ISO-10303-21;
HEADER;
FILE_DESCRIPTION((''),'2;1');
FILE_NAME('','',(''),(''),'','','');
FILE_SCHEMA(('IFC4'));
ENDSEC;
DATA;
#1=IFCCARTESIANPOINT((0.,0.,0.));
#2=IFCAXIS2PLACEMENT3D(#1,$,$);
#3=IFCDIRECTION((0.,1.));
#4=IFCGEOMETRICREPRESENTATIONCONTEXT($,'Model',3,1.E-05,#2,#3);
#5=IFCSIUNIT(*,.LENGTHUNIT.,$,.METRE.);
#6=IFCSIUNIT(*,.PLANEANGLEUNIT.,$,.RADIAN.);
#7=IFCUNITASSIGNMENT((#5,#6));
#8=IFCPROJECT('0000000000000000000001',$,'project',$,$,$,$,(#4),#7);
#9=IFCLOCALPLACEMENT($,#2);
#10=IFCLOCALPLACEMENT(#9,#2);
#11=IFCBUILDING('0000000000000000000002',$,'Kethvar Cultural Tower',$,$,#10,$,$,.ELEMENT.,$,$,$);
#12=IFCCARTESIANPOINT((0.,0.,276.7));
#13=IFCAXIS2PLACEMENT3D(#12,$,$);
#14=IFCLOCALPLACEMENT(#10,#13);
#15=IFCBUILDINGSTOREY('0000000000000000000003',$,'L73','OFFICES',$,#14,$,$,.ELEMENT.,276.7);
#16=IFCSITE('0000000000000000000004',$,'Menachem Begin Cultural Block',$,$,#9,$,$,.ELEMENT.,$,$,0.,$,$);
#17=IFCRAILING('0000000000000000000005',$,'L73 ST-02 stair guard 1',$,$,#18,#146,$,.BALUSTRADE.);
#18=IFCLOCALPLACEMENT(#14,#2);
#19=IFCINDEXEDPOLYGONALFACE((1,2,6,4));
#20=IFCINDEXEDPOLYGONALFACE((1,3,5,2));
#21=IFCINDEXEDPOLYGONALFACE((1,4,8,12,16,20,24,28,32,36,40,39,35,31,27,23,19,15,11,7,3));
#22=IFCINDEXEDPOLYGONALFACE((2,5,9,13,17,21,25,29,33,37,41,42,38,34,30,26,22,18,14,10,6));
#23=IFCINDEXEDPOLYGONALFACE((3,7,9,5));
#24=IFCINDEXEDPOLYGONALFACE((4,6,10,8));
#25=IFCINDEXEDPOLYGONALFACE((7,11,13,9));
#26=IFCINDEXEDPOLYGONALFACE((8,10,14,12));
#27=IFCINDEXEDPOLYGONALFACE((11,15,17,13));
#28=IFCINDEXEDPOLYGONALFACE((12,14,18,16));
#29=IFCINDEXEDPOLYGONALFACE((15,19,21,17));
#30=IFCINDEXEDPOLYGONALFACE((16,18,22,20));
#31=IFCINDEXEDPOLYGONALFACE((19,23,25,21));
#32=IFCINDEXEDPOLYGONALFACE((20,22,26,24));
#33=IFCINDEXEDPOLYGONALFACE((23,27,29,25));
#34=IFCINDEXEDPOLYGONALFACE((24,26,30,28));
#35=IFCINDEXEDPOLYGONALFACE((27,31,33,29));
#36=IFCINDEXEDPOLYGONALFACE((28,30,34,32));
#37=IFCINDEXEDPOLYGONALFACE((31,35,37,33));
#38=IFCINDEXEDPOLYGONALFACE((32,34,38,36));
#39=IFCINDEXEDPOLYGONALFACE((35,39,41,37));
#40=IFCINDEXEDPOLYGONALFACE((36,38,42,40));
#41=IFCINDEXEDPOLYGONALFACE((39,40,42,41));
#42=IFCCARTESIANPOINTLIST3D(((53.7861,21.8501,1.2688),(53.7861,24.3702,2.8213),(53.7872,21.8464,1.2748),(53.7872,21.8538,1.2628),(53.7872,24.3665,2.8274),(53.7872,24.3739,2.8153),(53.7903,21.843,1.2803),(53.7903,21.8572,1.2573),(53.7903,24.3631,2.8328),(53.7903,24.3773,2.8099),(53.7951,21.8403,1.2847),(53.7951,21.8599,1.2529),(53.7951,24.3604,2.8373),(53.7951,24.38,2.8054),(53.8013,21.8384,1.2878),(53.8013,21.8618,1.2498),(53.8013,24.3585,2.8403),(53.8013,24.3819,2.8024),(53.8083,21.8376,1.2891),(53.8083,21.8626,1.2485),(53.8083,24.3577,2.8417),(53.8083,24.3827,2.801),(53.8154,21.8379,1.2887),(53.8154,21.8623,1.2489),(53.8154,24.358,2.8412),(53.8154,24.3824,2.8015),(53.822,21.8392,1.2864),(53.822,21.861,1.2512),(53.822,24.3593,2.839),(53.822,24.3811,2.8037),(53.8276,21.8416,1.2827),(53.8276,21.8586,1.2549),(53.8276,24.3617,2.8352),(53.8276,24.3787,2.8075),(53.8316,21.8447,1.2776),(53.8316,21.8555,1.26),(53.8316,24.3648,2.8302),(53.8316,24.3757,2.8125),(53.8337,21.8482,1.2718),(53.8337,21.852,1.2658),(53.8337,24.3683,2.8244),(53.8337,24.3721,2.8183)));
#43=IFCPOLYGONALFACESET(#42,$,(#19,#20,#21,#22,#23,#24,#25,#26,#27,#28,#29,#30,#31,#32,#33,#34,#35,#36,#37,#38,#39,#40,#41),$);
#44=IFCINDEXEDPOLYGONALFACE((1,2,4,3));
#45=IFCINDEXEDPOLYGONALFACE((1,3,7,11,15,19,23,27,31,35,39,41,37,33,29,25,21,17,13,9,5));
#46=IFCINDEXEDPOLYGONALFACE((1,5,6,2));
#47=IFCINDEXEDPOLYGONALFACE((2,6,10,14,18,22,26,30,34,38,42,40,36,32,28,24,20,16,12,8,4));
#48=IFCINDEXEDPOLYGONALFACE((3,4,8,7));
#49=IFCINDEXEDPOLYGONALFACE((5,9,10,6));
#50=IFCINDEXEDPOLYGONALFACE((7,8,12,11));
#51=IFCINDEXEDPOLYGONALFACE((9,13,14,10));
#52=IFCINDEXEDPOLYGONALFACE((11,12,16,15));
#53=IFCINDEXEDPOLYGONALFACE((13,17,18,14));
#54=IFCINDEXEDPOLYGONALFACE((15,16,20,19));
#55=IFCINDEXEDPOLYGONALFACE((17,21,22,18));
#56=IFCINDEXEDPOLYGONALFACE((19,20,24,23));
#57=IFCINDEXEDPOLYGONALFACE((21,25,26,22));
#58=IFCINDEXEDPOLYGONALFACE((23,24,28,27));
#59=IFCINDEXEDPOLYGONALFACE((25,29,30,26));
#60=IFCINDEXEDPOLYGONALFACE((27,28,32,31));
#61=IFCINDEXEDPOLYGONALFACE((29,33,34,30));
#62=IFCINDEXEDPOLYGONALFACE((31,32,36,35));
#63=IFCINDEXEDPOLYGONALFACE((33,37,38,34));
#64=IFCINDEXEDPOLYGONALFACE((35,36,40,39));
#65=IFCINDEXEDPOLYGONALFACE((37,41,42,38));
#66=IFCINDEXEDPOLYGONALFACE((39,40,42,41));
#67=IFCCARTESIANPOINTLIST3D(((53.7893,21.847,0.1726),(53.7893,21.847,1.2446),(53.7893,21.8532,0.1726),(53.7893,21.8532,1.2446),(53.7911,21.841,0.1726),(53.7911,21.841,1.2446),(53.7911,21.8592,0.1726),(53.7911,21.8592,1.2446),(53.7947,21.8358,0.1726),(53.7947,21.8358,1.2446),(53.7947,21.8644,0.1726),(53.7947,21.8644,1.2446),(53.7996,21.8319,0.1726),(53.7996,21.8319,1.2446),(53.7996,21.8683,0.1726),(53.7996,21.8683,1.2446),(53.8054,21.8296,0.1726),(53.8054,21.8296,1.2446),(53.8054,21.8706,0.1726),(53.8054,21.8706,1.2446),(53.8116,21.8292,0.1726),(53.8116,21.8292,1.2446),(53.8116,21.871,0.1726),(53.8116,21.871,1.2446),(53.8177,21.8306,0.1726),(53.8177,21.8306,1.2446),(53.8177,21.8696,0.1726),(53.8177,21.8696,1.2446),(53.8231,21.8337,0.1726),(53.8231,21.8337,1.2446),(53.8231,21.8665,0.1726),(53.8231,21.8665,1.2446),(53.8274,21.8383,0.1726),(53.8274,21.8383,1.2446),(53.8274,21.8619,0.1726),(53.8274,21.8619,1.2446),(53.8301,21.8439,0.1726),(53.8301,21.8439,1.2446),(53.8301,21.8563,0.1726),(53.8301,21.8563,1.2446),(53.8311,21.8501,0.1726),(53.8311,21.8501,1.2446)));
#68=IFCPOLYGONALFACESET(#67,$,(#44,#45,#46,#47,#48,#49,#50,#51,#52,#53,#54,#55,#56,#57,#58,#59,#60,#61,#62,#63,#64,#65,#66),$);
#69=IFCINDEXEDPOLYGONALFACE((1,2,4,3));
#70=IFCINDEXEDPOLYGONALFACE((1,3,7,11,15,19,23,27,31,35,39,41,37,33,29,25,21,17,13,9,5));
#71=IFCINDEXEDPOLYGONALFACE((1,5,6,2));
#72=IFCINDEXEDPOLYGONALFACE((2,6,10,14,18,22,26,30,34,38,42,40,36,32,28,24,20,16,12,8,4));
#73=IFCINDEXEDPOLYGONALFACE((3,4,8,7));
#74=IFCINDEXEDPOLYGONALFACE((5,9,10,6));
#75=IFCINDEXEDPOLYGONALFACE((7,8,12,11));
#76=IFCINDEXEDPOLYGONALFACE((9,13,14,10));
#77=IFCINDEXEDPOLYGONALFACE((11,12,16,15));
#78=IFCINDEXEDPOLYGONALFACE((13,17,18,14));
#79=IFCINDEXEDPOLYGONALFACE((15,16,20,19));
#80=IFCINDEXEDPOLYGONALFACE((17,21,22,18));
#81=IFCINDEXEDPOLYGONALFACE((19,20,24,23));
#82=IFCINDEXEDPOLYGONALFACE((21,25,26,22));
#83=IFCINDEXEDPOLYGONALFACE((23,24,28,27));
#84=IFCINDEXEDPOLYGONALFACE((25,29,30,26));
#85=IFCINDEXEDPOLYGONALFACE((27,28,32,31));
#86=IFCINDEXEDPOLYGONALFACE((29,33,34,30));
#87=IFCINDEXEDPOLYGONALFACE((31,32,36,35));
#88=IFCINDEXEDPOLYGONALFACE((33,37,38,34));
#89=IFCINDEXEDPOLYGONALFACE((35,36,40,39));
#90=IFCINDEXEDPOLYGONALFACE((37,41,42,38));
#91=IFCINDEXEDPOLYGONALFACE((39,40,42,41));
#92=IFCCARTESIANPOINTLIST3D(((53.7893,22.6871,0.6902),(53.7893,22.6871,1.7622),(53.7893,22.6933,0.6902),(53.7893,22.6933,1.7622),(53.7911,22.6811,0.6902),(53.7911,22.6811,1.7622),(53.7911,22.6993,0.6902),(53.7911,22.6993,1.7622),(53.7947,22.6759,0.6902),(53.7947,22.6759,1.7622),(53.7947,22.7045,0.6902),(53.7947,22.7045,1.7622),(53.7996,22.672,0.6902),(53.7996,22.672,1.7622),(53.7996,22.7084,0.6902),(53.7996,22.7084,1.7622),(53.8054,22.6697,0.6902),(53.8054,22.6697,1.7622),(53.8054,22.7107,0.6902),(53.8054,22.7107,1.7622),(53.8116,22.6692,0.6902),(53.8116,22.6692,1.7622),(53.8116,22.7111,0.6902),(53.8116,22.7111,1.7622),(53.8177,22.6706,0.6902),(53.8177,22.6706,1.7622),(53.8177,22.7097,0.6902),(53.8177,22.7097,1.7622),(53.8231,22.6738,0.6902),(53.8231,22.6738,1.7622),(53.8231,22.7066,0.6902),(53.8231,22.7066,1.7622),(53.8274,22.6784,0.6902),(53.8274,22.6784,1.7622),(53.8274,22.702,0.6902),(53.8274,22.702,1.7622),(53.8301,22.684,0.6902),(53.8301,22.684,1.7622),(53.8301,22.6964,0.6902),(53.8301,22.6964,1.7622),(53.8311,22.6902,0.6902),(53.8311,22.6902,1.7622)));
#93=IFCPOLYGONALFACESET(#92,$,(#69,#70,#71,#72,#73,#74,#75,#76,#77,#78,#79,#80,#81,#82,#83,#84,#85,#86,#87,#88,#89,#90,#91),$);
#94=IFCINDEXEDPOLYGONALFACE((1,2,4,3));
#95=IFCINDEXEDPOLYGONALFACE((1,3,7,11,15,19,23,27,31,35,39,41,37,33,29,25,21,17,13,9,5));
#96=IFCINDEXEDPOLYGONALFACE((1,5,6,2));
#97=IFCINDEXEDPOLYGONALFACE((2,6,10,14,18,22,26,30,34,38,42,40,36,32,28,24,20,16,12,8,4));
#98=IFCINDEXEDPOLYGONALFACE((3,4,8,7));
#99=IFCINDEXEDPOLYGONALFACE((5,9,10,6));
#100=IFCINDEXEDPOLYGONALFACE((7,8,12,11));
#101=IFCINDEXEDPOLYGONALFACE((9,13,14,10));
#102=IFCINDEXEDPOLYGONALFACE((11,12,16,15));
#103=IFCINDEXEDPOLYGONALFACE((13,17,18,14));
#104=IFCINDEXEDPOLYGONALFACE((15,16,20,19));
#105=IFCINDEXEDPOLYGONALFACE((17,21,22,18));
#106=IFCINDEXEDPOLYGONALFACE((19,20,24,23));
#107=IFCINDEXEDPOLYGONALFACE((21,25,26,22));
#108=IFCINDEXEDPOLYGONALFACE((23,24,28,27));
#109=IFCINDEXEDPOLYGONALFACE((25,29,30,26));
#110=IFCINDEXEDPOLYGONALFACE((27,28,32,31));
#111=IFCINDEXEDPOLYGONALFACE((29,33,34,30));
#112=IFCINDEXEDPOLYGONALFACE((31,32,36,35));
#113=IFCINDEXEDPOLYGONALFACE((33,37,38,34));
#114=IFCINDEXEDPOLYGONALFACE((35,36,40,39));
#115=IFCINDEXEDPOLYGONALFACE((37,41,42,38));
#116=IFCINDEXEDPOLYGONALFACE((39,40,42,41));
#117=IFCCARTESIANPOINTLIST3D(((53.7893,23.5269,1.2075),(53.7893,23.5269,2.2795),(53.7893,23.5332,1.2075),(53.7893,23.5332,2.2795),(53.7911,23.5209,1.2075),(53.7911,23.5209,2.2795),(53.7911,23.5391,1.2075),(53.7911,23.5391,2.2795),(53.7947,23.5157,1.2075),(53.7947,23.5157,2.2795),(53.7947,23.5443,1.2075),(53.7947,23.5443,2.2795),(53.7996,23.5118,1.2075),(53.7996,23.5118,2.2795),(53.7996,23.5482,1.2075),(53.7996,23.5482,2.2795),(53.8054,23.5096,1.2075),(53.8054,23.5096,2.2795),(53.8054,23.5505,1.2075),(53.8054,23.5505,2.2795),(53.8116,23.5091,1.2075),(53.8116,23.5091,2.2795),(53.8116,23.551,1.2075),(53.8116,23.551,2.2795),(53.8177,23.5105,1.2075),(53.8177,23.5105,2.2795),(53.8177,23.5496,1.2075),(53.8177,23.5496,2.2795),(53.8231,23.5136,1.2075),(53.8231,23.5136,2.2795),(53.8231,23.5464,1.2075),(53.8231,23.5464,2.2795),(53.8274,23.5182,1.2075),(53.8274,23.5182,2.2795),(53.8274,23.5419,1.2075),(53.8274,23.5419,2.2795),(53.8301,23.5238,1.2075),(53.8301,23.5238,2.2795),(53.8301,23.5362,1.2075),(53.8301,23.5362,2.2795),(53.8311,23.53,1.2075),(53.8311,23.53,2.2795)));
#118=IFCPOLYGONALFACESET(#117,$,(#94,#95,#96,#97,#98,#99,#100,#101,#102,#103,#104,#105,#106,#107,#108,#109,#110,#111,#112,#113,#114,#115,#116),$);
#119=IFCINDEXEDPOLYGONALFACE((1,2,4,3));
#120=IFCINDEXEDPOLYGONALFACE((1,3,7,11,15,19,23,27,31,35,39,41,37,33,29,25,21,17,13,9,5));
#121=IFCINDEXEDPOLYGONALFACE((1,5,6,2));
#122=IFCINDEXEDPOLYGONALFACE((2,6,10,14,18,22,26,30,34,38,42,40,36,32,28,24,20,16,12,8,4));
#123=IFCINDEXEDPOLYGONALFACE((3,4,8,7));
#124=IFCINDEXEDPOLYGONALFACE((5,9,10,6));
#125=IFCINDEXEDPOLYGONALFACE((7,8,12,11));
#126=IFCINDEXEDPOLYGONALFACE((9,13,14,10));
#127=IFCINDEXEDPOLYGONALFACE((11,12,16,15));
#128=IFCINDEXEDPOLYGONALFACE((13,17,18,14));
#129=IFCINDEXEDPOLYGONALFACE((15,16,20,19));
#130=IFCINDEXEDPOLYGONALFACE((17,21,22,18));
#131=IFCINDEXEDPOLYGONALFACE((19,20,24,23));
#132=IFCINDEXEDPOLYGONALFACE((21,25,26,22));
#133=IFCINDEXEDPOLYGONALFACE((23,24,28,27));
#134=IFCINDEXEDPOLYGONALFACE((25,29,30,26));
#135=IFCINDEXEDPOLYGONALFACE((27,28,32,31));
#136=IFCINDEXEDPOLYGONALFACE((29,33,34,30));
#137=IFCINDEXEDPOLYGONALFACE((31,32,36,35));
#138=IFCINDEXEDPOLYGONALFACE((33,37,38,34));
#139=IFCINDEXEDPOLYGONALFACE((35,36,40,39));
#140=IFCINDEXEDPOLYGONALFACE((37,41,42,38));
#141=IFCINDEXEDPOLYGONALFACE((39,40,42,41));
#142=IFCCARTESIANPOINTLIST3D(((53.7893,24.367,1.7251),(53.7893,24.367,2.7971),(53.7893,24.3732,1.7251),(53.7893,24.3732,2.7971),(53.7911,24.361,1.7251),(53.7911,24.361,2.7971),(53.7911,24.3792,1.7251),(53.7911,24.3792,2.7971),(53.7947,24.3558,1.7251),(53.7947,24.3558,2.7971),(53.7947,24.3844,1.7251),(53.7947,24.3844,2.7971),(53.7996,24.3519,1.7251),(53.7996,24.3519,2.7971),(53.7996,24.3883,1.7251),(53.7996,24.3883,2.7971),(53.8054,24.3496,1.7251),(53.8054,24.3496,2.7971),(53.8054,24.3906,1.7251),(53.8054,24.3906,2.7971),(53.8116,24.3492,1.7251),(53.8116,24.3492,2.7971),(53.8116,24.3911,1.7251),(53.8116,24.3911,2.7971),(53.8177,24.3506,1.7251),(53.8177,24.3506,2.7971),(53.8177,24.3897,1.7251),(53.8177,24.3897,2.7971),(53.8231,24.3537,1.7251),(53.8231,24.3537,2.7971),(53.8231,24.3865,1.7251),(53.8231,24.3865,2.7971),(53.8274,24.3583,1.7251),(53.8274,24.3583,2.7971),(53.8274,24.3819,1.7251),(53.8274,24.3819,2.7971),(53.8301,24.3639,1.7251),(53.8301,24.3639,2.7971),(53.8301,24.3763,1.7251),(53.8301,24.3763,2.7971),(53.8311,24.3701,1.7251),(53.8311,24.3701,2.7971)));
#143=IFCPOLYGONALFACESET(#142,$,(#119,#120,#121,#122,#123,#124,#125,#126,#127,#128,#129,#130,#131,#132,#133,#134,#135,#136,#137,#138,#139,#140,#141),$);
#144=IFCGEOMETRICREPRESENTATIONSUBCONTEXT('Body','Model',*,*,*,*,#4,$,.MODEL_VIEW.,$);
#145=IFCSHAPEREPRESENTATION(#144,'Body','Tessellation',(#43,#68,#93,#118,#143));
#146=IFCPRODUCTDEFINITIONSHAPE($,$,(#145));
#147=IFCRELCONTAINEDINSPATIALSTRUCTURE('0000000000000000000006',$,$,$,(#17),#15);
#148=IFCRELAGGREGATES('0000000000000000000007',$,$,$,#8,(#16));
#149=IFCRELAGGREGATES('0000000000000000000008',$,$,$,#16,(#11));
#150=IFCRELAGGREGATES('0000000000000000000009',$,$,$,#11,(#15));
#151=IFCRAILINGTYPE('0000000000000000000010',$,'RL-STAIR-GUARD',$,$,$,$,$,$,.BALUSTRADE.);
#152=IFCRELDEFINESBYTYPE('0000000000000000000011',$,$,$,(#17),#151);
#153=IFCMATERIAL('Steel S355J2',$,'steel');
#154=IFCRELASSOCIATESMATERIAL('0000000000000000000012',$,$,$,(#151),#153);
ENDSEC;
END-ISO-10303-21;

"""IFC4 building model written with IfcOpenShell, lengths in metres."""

from ifc_helpers import new_model, si_unit, direction, frame, origin, origin_2d, place, context, subcontext, project, spatial, circle, extrude, material, type_object, element, save


model = new_model("IFC4")

# Units and contexts
model_context = context("Model", 3, precision=1e-05, world=origin(), true_north=direction((0.0, 1.0)))
body_context = subcontext(model_context, "Body", "Model", "MODEL_VIEW")
ifc_project = project(units=[si_unit("LENGTHUNIT", "METRE"), si_unit("PLANEANGLEUNIT", "RADIAN")], contexts=[model_context])

# Site, building, storey
site_placement = place(None, origin())
site = spatial("IfcSite", under=ifc_project, at=site_placement, Name="Menachem Begin Cultural Block", CompositionType="ELEMENT", RefElevation=0.0)
building_placement = place(site_placement, origin())
building = spatial("IfcBuilding", under=site, at=building_placement, Name="Kethvar Cultural Tower", CompositionType="ELEMENT")
storey_placement = place(building_placement, frame((0.0, 0.0, 276.7)))
storey = spatial("IfcBuildingStorey", under=building, at=storey_placement, Name="L73", Description="OFFICES", CompositionType="ELEMENT", Elevation=276.7)

# Shared definitions
ifc_material_1 = material(Name="Steel S355J2", Category="steel")

# Railing
railing_type_1 = type_object("IfcRailingType", Name="RL-STAIR-GUARD", PredefinedType="BALUSTRADE", material=ifc_material_1)
railing_1_placement = place(storey_placement, frame((53.8101, 21.8501, 0.1726)))
element("IfcRailing", 1, at=railing_1_placement, inside=storey, type_object=railing_type_1, Name="L73 ST-02 stair guard 1", PredefinedType="BALUSTRADE", context=body_context, shape_type="SweptSolid", body=[
    extrude(circle(Radius=0.0239, at=origin_2d()), frame((0.0, 0.0, 1.0962), z_axis=(0.0, 0.8514, 0.524516), x_axis=(-1.0, 0.0, 0.0)), (0.0, 0.0, 1.0), 2.96),
    extrude(circle(Radius=0.021, at=origin_2d()), origin(), (0.0, 0.0, 1.0), 1.072),
    extrude(circle(Radius=0.021, at=origin_2d()), frame((0.0, 0.8401, 0.5176)), (0.0, 0.0, 1.0), 1.072),
    extrude(circle(Radius=0.021, at=origin_2d()), frame((0.0, 1.6799, 1.0349)), (0.0, 0.0, 1.0), 1.072),
    extrude(circle(Radius=0.021, at=origin_2d()), frame((0.0, 2.52, 1.5525)), (0.0, 0.0, 1.0), 1.072),
])

save(model, "model.ifc")
